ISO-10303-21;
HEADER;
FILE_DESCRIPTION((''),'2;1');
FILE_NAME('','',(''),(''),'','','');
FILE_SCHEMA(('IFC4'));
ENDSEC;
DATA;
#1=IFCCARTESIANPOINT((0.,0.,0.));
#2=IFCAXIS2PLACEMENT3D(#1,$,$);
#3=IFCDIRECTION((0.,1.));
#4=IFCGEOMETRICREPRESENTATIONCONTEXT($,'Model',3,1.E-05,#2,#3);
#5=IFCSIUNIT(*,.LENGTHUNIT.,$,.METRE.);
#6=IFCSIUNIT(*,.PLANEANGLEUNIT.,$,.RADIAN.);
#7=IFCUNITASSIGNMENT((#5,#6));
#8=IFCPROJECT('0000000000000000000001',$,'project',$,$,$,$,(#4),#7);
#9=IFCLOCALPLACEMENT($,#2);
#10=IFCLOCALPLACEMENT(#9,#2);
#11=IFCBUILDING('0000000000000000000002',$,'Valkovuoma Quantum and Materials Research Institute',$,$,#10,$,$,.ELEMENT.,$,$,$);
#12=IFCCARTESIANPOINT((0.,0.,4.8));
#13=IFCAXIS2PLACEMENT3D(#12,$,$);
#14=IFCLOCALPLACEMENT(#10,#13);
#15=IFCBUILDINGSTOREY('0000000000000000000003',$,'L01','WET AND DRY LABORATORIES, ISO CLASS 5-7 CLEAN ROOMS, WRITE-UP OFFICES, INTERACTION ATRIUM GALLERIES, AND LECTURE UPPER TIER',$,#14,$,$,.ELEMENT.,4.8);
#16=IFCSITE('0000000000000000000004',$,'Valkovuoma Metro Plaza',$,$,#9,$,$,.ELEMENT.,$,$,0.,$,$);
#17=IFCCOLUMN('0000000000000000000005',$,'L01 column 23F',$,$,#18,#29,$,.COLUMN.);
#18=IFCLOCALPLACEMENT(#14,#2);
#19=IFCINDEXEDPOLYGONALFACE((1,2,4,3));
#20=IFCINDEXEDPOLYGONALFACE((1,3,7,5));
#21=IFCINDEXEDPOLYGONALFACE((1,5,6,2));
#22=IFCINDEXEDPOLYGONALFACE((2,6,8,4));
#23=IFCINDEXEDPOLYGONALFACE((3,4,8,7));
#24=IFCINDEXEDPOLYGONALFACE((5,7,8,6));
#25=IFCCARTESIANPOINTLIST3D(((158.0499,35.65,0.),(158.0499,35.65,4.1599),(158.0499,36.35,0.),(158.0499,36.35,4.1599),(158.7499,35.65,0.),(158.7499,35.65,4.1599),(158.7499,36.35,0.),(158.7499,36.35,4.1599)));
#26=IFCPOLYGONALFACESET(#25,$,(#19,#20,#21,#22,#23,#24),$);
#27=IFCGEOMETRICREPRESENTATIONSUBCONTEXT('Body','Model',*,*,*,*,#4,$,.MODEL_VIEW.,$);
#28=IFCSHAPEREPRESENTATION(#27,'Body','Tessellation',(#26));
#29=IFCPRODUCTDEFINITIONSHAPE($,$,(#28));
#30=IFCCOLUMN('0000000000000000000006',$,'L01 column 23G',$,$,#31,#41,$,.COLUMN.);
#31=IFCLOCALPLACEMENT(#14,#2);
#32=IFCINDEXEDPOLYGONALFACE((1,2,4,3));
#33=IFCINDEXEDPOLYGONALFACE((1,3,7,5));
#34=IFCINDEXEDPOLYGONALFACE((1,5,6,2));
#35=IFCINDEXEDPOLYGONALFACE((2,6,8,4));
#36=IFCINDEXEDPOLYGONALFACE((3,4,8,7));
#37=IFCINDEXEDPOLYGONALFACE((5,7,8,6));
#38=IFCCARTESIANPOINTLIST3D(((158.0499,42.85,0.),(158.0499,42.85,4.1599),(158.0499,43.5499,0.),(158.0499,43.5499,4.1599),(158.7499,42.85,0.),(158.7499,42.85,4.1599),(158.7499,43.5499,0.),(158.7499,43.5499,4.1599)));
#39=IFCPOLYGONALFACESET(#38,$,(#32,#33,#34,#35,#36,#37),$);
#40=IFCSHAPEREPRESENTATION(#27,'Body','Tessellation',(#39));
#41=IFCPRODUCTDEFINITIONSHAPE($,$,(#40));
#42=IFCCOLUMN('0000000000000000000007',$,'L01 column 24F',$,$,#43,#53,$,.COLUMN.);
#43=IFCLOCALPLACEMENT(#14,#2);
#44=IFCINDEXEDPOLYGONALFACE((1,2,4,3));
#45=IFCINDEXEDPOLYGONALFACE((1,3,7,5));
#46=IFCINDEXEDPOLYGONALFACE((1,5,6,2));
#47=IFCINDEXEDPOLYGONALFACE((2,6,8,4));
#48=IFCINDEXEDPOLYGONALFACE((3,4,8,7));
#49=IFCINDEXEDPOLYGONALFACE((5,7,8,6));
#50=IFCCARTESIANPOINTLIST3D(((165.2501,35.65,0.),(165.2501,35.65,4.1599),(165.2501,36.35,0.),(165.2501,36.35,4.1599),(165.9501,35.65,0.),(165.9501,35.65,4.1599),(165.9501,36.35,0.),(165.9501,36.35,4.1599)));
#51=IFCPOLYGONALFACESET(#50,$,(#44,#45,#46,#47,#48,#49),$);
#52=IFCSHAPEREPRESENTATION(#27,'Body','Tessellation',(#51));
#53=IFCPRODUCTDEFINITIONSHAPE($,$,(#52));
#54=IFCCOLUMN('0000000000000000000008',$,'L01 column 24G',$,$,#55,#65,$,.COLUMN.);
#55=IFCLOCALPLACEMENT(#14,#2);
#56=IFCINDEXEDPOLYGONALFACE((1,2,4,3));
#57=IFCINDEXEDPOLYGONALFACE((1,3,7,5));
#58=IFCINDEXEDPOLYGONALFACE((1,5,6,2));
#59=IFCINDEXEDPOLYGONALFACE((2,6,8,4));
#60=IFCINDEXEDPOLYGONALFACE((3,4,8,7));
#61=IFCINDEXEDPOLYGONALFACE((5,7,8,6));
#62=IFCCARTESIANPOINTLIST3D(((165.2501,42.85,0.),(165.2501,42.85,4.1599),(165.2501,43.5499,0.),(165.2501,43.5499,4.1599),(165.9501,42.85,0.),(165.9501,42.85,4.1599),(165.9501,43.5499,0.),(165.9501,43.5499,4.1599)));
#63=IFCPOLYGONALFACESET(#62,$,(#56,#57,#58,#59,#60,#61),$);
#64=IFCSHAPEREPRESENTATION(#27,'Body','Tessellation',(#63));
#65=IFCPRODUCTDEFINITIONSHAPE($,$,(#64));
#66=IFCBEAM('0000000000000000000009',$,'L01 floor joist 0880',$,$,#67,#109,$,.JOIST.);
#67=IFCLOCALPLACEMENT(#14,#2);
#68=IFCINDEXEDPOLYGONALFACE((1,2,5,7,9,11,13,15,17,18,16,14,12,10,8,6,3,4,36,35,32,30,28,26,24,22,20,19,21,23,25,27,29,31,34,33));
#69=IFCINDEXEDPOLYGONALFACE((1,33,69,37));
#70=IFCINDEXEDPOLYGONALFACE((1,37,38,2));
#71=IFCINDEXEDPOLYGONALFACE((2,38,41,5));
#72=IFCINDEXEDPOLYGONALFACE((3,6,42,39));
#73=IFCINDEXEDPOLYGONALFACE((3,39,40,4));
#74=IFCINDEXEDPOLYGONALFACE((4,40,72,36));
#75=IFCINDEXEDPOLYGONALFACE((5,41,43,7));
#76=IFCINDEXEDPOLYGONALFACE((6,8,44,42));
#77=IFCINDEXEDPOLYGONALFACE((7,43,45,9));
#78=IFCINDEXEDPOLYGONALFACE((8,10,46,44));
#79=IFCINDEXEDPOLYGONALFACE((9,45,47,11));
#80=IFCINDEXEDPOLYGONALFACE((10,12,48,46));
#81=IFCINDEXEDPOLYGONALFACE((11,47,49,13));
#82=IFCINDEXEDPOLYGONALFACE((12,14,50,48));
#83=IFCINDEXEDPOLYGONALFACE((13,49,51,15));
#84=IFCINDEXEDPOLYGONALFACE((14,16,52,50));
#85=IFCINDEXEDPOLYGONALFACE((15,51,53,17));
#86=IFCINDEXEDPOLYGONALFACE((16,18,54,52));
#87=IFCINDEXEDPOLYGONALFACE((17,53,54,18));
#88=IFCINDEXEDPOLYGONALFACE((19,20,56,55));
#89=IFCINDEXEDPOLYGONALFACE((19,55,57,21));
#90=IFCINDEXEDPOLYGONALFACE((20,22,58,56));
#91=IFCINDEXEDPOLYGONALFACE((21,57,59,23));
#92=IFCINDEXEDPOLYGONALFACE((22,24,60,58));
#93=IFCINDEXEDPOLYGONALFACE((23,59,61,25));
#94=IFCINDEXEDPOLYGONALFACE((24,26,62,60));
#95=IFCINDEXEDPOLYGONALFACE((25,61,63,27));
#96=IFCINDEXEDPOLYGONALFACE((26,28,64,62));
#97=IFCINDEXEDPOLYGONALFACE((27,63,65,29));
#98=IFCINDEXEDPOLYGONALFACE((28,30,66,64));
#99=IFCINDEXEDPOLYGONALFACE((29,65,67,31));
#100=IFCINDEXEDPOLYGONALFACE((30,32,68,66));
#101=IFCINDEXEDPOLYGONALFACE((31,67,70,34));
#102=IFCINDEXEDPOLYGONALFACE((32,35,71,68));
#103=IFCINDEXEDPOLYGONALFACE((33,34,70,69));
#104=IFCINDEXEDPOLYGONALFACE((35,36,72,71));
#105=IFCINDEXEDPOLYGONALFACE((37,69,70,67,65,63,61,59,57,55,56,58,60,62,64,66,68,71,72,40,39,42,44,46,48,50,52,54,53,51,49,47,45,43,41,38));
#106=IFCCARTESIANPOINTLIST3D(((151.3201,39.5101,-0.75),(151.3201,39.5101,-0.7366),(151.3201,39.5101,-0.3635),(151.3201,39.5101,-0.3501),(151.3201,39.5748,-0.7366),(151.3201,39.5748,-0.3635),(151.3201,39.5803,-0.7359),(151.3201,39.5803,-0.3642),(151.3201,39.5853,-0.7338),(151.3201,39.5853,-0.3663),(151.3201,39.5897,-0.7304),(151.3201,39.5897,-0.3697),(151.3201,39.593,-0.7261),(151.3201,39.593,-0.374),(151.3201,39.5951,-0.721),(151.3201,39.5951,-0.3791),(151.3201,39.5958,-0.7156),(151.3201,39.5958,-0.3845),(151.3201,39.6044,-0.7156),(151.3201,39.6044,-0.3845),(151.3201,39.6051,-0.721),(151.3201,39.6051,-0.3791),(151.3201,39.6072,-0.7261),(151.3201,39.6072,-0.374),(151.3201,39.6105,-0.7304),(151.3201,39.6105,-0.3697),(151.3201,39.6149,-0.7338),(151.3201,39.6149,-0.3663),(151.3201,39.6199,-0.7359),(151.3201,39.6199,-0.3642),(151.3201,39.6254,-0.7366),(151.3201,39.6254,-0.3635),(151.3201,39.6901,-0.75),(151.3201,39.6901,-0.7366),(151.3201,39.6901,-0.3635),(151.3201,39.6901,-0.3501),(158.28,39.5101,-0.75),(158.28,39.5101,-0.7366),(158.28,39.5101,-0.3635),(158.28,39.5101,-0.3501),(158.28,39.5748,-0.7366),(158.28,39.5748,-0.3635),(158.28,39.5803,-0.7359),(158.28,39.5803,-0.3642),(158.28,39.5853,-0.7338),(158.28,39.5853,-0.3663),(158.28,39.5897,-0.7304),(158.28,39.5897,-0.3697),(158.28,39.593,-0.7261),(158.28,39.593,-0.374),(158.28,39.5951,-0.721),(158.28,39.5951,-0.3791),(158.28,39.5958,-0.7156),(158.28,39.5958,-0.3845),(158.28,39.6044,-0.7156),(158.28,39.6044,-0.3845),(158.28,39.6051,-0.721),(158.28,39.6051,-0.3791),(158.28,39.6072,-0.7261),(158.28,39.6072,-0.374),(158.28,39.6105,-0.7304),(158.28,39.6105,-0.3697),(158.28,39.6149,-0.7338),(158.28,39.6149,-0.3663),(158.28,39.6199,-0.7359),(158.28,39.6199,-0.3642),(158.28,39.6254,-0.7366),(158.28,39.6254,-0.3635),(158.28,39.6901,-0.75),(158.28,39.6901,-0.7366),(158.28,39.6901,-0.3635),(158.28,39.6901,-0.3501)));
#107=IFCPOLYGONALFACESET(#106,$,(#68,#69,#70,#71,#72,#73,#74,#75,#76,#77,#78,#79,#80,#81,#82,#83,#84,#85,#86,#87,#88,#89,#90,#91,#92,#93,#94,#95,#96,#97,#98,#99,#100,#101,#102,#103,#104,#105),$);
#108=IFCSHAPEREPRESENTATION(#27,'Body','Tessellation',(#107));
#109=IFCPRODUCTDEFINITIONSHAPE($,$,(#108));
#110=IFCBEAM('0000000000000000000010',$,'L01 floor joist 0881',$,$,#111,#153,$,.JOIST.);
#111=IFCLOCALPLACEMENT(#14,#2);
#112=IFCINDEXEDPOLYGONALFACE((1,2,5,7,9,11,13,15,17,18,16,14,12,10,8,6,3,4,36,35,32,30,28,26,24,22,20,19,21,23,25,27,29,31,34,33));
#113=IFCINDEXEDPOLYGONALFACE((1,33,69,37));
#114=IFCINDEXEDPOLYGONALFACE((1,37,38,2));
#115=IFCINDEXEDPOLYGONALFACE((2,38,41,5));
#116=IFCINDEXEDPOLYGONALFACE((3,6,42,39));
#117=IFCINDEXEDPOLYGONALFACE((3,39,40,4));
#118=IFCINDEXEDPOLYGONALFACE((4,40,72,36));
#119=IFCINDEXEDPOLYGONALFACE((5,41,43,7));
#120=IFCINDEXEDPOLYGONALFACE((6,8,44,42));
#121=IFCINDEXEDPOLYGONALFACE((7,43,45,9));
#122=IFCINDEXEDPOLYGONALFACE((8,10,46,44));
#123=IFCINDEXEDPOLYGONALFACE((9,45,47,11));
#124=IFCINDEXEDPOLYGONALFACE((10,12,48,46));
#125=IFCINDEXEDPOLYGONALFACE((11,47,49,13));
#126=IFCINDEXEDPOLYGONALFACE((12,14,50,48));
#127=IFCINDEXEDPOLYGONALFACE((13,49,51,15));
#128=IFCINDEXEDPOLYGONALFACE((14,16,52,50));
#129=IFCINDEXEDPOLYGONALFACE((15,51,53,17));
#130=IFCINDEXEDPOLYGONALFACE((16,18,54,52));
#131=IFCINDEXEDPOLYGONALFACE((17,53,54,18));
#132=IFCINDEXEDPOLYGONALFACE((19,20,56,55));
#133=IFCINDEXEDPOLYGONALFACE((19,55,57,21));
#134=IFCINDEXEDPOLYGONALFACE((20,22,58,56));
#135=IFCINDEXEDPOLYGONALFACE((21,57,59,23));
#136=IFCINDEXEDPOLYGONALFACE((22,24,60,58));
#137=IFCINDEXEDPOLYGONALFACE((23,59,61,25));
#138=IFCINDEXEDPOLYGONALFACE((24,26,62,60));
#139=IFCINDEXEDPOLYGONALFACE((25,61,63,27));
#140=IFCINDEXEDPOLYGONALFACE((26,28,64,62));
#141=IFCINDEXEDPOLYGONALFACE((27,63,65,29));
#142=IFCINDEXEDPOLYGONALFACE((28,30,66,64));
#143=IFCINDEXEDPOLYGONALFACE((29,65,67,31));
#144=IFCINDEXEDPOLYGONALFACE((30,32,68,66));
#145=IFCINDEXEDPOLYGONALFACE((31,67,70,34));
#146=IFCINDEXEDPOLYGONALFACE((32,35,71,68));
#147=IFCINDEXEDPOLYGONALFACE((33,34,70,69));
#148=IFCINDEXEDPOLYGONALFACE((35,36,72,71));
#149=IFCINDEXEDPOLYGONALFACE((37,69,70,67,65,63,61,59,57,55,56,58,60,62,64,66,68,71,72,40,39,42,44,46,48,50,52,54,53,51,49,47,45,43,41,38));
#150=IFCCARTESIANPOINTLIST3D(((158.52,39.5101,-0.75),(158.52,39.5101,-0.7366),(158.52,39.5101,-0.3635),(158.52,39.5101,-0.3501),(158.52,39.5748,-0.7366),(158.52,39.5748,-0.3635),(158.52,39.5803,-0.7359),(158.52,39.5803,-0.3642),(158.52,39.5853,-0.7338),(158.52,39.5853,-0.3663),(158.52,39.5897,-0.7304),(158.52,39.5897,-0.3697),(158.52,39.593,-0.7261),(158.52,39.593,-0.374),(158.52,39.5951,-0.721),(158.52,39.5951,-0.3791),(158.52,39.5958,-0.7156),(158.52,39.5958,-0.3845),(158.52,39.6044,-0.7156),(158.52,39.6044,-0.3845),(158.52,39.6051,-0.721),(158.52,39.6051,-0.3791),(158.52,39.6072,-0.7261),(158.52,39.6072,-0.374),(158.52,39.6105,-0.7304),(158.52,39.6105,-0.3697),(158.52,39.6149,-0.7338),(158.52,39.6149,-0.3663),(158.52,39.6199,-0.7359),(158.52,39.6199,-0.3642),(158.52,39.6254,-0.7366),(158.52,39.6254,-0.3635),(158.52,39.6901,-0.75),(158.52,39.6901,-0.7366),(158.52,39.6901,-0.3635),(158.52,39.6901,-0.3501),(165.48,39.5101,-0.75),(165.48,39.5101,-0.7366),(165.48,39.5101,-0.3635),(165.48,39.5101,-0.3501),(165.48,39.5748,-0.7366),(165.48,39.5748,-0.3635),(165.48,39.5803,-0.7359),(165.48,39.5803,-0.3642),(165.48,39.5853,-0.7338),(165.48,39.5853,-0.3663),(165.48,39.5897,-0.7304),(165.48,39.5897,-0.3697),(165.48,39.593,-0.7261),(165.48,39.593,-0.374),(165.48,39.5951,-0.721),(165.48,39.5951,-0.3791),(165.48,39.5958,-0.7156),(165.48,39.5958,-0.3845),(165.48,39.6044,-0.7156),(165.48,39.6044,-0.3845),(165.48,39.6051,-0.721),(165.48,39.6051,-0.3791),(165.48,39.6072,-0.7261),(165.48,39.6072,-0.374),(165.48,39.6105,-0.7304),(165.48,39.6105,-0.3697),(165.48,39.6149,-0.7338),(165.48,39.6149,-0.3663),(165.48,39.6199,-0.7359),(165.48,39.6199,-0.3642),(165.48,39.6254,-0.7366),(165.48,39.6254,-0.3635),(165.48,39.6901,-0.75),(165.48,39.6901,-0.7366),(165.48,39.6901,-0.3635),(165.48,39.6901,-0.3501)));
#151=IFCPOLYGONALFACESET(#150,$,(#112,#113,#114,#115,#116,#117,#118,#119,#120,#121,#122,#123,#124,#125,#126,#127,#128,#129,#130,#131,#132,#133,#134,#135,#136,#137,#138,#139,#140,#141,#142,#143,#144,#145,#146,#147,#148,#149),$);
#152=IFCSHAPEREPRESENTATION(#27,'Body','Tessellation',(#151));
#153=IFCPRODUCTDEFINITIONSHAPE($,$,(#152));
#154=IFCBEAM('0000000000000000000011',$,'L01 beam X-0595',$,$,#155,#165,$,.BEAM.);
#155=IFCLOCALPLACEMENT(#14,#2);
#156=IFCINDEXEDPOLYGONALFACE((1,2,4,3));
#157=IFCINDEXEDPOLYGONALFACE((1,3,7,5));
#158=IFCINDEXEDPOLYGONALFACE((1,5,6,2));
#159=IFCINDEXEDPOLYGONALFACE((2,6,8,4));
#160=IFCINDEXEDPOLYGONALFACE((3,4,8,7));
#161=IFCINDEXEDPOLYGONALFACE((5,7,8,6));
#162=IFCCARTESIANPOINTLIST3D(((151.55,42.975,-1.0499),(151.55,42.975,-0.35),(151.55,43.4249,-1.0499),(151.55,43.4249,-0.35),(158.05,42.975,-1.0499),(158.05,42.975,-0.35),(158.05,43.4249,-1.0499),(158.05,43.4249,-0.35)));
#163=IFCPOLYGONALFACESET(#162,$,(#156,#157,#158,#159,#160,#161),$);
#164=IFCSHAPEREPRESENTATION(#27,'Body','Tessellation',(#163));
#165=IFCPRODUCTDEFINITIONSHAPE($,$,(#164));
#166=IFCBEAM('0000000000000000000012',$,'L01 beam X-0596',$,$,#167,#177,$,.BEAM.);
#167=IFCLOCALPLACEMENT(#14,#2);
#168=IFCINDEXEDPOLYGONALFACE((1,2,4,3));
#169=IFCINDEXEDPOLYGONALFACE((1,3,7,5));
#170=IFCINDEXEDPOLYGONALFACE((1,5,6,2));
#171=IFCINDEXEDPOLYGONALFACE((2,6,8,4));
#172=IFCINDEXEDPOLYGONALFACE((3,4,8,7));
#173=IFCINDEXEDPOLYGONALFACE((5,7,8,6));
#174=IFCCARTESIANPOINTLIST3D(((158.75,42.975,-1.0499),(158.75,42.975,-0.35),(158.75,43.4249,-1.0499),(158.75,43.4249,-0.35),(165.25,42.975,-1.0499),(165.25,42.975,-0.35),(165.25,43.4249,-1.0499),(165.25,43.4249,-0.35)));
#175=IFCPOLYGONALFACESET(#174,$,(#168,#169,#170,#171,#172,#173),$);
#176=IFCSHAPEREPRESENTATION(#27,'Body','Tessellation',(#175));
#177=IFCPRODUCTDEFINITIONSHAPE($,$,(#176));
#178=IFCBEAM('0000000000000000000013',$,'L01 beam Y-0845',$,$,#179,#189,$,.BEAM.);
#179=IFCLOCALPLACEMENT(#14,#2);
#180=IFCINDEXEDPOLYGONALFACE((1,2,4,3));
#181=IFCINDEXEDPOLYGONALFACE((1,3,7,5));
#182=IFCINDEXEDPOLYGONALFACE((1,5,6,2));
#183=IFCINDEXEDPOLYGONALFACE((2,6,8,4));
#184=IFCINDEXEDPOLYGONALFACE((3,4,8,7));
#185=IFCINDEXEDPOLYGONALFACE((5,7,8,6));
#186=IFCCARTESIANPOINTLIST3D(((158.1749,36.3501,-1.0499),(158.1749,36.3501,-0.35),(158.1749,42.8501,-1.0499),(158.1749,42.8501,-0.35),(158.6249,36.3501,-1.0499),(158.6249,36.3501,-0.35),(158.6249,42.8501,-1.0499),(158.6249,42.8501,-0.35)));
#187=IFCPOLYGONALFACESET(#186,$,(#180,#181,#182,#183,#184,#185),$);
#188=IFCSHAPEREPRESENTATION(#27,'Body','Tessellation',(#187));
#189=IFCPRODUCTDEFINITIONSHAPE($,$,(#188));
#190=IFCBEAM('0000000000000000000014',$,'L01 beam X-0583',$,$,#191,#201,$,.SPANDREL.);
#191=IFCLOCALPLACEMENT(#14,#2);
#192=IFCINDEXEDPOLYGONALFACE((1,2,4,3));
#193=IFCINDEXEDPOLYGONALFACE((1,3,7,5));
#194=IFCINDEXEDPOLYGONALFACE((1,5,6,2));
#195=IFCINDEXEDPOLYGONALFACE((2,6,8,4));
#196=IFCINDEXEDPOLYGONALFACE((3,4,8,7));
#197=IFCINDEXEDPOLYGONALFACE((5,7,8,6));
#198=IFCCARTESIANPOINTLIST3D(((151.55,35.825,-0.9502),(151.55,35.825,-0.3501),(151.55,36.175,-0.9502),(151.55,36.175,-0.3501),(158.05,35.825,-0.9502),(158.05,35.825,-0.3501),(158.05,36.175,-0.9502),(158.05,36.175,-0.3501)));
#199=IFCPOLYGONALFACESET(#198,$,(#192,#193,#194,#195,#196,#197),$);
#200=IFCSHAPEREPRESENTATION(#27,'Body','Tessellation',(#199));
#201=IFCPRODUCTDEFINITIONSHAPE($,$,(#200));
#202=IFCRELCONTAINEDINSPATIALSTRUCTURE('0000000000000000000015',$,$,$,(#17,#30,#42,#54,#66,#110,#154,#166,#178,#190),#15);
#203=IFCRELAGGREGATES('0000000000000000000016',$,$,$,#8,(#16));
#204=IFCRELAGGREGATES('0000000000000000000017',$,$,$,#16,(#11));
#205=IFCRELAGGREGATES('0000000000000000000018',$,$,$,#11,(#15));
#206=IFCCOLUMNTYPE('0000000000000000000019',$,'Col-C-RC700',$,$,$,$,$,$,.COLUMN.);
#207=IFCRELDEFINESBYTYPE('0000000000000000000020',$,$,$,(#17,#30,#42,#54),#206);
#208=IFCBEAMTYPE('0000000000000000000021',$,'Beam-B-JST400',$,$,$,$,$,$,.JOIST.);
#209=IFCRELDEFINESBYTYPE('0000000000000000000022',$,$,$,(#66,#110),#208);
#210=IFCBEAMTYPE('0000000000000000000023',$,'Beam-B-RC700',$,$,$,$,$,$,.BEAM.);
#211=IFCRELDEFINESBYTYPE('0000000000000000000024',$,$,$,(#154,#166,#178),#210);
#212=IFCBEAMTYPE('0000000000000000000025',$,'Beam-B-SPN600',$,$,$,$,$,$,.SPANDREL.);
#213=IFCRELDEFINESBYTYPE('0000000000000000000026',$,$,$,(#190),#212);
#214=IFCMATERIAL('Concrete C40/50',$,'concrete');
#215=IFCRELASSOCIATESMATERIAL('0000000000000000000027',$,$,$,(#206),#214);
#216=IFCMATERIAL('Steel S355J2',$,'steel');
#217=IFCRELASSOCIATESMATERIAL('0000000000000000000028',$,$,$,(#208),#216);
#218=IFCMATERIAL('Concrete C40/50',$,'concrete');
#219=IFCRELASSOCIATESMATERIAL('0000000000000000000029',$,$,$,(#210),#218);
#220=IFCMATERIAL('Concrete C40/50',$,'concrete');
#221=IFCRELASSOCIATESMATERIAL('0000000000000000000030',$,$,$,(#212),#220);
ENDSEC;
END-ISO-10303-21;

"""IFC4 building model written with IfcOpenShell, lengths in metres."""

from ifc_helpers import new_model, si_unit, direction, frame, origin, origin_2d, place, context, subcontext, project, spatial, rectangle, i_section, extrude, material, material_profile, profile_set, type_object, element, save


model = new_model("IFC4")

# Units and contexts
model_context = context("Model", 3, precision=1e-05, world=origin(), true_north=direction((0.0, 1.0)))
body_context = subcontext(model_context, "Body", "Model", "MODEL_VIEW")
ifc_project = project(units=[si_unit("LENGTHUNIT", "METRE"), si_unit("PLANEANGLEUNIT", "RADIAN")], contexts=[model_context])

# Site, building, storey
site_placement = place(None, origin())
site = spatial("IfcSite", under=ifc_project, at=site_placement, Name="Valkovuoma Metro Plaza", CompositionType="ELEMENT", RefElevation=0.0)
building_placement = place(site_placement, origin())
building = spatial("IfcBuilding", under=site, at=building_placement, Name="Valkovuoma Quantum and Materials Research Institute", CompositionType="ELEMENT")
storey_placement = place(building_placement, frame((0.0, 0.0, 4.8)))
storey = spatial("IfcBuildingStorey", under=building, at=storey_placement, Name="L01", Description="WET AND DRY LABORATORIES, ISO CLASS 5-7 CLEAN ROOMS, WRITE-UP OFFICES, INTERACTION ATRIUM GALLERIES, AND LECTURE UPPER TIER", CompositionType="ELEMENT", Elevation=4.8)

# Columns
ifc_material_1 = material(Name="Concrete C40/50", Category="concrete")
ifc_material_profile_1 = material_profile(ifc_material_1, rectangle(XDim=0.7, YDim=0.7, at=origin_2d()), Name="Concrete C40/50")
ifc_profile_set_1 = profile_set([ifc_material_profile_1], Name="Concrete C40/50")
column_type = type_object("IfcColumnType", Name="Col-C-RC700", PredefinedType="COLUMN", material=ifc_profile_set_1)
for number, where, z_axis, x_axis, name in (
    (1, (158.3999, 36.0, 0.0), (0.0, 0.0, 1.0), (1.0, 0.0, 0.0), "L01 column 23F"),
    (2, (158.3999, 43.2, 0.0), (0.0, 0.0, 1.0), (1.0, 0.0, 0.0), "L01 column 23G"),
    (3, (165.6001, 36.0, 0.0), (0.0, 0.0, 1.0), (1.0, 0.0, 0.0), "L01 column 24F"),
    (4, (165.6001, 43.2, 0.0), (0.0, 0.0, 1.0), (1.0, 0.0, 0.0), "L01 column 24G"),
):
    element("IfcColumn", number, at=place(storey_placement, frame(where, z_axis=z_axis, x_axis=x_axis)), inside=storey, type_object=column_type, Name=name, PredefinedType="COLUMN", context=body_context, shape_type="SweptSolid", body=[
        extrude(rectangle(XDim=0.7, YDim=0.7, at=origin_2d()), origin(), (0.0, 0.0, 1.0), 4.1599),
    ])

# Beams
ifc_material_2 = material(Name="Steel S355J2", Category="steel")
ifc_material_profile_2 = material_profile(ifc_material_2, i_section(OverallWidth=0.1799, OverallDepth=0.3999, WebThickness=0.0085, FlangeThickness=0.0134, FilletRadius=0.021, at=origin_2d()), Name="Steel S355J2")
ifc_profile_set_2 = profile_set([ifc_material_profile_2], Name="Steel S355J2")
beam_type_1 = type_object("IfcBeamType", Name="Beam-B-JST400", PredefinedType="JOIST", material=ifc_profile_set_2)
for number, where, z_axis, x_axis, name in (
    (5, (151.3201, 39.6001, -0.55), (1.0, 0.0, 0.0), (0.0, 1.0, 0.0), "L01 floor joist 0880"),
    (6, (158.52, 39.6001, -0.55), (1.0, 0.0, 0.0), (0.0, 1.0, 0.0), "L01 floor joist 0881"),
):
    element("IfcBeam", number, at=place(storey_placement, frame(where, z_axis=z_axis, x_axis=x_axis)), inside=storey, type_object=beam_type_1, Name=name, PredefinedType="JOIST", context=body_context, shape_type="SweptSolid", body=[
        extrude(i_section(OverallWidth=0.1799, OverallDepth=0.3999, WebThickness=0.0085, FlangeThickness=0.0134, FilletRadius=0.021, at=origin_2d()), origin(), (0.0, 0.0, 1.0), 6.96),
    ])
ifc_material_3 = material(Name="Concrete C40/50", Category="concrete")
ifc_material_profile_3 = material_profile(ifc_material_3, rectangle(XDim=0.45, YDim=0.7, at=origin_2d()), Name="Concrete C40/50")
ifc_profile_set_3 = profile_set([ifc_material_profile_3], Name="Concrete C40/50")
beam_type_2 = type_object("IfcBeamType", Name="Beam-B-RC700", PredefinedType="BEAM", material=ifc_profile_set_3)
for number, where, z_axis, x_axis, name in (
    (7, (151.55, 43.2, -0.7), (1.0, 0.0, 0.0), (0.0, 1.0, 0.0), "L01 beam X-0595"),
    (8, (158.75, 43.2, -0.7), (1.0, 0.0, 0.0), (0.0, 1.0, 0.0), "L01 beam X-0596"),
    (9, (158.3999, 36.3501, -0.7), (0.0, 1.0, 0.0), (-1.0, 0.0, 0.0), "L01 beam Y-0845"),
):
    element("IfcBeam", number, at=place(storey_placement, frame(where, z_axis=z_axis, x_axis=x_axis)), inside=storey, type_object=beam_type_2, Name=name, PredefinedType="BEAM", context=body_context, shape_type="SweptSolid", body=[
        extrude(rectangle(XDim=0.45, YDim=0.7, at=origin_2d()), origin(), (0.0, 0.0, 1.0), 6.5),
    ])
ifc_material_4 = material(Name="Concrete C40/50", Category="concrete")
ifc_material_profile_4 = material_profile(ifc_material_4, rectangle(XDim=0.3501, YDim=0.6001, at=origin_2d()), Name="Concrete C40/50")
ifc_profile_set_4 = profile_set([ifc_material_profile_4], Name="Concrete C40/50")
beam_type_3 = type_object("IfcBeamType", Name="Beam-B-SPN600", PredefinedType="SPANDREL", material=ifc_profile_set_4)
for number, where, z_axis, x_axis, name in (
    (10, (151.55, 36.0, -0.6501), (1.0, 0.0, 0.0), (0.0, 1.0, 0.0), "L01 beam X-0583"),
):
    element("IfcBeam", number, at=place(storey_placement, frame(where, z_axis=z_axis, x_axis=x_axis)), inside=storey, type_object=beam_type_3, Name=name, PredefinedType="SPANDREL", context=body_context, shape_type="SweptSolid", body=[
        extrude(rectangle(XDim=0.3501, YDim=0.6001, at=origin_2d()), origin(), (0.0, 0.0, 1.0), 6.5),
    ])

save(model, "model.ifc")
